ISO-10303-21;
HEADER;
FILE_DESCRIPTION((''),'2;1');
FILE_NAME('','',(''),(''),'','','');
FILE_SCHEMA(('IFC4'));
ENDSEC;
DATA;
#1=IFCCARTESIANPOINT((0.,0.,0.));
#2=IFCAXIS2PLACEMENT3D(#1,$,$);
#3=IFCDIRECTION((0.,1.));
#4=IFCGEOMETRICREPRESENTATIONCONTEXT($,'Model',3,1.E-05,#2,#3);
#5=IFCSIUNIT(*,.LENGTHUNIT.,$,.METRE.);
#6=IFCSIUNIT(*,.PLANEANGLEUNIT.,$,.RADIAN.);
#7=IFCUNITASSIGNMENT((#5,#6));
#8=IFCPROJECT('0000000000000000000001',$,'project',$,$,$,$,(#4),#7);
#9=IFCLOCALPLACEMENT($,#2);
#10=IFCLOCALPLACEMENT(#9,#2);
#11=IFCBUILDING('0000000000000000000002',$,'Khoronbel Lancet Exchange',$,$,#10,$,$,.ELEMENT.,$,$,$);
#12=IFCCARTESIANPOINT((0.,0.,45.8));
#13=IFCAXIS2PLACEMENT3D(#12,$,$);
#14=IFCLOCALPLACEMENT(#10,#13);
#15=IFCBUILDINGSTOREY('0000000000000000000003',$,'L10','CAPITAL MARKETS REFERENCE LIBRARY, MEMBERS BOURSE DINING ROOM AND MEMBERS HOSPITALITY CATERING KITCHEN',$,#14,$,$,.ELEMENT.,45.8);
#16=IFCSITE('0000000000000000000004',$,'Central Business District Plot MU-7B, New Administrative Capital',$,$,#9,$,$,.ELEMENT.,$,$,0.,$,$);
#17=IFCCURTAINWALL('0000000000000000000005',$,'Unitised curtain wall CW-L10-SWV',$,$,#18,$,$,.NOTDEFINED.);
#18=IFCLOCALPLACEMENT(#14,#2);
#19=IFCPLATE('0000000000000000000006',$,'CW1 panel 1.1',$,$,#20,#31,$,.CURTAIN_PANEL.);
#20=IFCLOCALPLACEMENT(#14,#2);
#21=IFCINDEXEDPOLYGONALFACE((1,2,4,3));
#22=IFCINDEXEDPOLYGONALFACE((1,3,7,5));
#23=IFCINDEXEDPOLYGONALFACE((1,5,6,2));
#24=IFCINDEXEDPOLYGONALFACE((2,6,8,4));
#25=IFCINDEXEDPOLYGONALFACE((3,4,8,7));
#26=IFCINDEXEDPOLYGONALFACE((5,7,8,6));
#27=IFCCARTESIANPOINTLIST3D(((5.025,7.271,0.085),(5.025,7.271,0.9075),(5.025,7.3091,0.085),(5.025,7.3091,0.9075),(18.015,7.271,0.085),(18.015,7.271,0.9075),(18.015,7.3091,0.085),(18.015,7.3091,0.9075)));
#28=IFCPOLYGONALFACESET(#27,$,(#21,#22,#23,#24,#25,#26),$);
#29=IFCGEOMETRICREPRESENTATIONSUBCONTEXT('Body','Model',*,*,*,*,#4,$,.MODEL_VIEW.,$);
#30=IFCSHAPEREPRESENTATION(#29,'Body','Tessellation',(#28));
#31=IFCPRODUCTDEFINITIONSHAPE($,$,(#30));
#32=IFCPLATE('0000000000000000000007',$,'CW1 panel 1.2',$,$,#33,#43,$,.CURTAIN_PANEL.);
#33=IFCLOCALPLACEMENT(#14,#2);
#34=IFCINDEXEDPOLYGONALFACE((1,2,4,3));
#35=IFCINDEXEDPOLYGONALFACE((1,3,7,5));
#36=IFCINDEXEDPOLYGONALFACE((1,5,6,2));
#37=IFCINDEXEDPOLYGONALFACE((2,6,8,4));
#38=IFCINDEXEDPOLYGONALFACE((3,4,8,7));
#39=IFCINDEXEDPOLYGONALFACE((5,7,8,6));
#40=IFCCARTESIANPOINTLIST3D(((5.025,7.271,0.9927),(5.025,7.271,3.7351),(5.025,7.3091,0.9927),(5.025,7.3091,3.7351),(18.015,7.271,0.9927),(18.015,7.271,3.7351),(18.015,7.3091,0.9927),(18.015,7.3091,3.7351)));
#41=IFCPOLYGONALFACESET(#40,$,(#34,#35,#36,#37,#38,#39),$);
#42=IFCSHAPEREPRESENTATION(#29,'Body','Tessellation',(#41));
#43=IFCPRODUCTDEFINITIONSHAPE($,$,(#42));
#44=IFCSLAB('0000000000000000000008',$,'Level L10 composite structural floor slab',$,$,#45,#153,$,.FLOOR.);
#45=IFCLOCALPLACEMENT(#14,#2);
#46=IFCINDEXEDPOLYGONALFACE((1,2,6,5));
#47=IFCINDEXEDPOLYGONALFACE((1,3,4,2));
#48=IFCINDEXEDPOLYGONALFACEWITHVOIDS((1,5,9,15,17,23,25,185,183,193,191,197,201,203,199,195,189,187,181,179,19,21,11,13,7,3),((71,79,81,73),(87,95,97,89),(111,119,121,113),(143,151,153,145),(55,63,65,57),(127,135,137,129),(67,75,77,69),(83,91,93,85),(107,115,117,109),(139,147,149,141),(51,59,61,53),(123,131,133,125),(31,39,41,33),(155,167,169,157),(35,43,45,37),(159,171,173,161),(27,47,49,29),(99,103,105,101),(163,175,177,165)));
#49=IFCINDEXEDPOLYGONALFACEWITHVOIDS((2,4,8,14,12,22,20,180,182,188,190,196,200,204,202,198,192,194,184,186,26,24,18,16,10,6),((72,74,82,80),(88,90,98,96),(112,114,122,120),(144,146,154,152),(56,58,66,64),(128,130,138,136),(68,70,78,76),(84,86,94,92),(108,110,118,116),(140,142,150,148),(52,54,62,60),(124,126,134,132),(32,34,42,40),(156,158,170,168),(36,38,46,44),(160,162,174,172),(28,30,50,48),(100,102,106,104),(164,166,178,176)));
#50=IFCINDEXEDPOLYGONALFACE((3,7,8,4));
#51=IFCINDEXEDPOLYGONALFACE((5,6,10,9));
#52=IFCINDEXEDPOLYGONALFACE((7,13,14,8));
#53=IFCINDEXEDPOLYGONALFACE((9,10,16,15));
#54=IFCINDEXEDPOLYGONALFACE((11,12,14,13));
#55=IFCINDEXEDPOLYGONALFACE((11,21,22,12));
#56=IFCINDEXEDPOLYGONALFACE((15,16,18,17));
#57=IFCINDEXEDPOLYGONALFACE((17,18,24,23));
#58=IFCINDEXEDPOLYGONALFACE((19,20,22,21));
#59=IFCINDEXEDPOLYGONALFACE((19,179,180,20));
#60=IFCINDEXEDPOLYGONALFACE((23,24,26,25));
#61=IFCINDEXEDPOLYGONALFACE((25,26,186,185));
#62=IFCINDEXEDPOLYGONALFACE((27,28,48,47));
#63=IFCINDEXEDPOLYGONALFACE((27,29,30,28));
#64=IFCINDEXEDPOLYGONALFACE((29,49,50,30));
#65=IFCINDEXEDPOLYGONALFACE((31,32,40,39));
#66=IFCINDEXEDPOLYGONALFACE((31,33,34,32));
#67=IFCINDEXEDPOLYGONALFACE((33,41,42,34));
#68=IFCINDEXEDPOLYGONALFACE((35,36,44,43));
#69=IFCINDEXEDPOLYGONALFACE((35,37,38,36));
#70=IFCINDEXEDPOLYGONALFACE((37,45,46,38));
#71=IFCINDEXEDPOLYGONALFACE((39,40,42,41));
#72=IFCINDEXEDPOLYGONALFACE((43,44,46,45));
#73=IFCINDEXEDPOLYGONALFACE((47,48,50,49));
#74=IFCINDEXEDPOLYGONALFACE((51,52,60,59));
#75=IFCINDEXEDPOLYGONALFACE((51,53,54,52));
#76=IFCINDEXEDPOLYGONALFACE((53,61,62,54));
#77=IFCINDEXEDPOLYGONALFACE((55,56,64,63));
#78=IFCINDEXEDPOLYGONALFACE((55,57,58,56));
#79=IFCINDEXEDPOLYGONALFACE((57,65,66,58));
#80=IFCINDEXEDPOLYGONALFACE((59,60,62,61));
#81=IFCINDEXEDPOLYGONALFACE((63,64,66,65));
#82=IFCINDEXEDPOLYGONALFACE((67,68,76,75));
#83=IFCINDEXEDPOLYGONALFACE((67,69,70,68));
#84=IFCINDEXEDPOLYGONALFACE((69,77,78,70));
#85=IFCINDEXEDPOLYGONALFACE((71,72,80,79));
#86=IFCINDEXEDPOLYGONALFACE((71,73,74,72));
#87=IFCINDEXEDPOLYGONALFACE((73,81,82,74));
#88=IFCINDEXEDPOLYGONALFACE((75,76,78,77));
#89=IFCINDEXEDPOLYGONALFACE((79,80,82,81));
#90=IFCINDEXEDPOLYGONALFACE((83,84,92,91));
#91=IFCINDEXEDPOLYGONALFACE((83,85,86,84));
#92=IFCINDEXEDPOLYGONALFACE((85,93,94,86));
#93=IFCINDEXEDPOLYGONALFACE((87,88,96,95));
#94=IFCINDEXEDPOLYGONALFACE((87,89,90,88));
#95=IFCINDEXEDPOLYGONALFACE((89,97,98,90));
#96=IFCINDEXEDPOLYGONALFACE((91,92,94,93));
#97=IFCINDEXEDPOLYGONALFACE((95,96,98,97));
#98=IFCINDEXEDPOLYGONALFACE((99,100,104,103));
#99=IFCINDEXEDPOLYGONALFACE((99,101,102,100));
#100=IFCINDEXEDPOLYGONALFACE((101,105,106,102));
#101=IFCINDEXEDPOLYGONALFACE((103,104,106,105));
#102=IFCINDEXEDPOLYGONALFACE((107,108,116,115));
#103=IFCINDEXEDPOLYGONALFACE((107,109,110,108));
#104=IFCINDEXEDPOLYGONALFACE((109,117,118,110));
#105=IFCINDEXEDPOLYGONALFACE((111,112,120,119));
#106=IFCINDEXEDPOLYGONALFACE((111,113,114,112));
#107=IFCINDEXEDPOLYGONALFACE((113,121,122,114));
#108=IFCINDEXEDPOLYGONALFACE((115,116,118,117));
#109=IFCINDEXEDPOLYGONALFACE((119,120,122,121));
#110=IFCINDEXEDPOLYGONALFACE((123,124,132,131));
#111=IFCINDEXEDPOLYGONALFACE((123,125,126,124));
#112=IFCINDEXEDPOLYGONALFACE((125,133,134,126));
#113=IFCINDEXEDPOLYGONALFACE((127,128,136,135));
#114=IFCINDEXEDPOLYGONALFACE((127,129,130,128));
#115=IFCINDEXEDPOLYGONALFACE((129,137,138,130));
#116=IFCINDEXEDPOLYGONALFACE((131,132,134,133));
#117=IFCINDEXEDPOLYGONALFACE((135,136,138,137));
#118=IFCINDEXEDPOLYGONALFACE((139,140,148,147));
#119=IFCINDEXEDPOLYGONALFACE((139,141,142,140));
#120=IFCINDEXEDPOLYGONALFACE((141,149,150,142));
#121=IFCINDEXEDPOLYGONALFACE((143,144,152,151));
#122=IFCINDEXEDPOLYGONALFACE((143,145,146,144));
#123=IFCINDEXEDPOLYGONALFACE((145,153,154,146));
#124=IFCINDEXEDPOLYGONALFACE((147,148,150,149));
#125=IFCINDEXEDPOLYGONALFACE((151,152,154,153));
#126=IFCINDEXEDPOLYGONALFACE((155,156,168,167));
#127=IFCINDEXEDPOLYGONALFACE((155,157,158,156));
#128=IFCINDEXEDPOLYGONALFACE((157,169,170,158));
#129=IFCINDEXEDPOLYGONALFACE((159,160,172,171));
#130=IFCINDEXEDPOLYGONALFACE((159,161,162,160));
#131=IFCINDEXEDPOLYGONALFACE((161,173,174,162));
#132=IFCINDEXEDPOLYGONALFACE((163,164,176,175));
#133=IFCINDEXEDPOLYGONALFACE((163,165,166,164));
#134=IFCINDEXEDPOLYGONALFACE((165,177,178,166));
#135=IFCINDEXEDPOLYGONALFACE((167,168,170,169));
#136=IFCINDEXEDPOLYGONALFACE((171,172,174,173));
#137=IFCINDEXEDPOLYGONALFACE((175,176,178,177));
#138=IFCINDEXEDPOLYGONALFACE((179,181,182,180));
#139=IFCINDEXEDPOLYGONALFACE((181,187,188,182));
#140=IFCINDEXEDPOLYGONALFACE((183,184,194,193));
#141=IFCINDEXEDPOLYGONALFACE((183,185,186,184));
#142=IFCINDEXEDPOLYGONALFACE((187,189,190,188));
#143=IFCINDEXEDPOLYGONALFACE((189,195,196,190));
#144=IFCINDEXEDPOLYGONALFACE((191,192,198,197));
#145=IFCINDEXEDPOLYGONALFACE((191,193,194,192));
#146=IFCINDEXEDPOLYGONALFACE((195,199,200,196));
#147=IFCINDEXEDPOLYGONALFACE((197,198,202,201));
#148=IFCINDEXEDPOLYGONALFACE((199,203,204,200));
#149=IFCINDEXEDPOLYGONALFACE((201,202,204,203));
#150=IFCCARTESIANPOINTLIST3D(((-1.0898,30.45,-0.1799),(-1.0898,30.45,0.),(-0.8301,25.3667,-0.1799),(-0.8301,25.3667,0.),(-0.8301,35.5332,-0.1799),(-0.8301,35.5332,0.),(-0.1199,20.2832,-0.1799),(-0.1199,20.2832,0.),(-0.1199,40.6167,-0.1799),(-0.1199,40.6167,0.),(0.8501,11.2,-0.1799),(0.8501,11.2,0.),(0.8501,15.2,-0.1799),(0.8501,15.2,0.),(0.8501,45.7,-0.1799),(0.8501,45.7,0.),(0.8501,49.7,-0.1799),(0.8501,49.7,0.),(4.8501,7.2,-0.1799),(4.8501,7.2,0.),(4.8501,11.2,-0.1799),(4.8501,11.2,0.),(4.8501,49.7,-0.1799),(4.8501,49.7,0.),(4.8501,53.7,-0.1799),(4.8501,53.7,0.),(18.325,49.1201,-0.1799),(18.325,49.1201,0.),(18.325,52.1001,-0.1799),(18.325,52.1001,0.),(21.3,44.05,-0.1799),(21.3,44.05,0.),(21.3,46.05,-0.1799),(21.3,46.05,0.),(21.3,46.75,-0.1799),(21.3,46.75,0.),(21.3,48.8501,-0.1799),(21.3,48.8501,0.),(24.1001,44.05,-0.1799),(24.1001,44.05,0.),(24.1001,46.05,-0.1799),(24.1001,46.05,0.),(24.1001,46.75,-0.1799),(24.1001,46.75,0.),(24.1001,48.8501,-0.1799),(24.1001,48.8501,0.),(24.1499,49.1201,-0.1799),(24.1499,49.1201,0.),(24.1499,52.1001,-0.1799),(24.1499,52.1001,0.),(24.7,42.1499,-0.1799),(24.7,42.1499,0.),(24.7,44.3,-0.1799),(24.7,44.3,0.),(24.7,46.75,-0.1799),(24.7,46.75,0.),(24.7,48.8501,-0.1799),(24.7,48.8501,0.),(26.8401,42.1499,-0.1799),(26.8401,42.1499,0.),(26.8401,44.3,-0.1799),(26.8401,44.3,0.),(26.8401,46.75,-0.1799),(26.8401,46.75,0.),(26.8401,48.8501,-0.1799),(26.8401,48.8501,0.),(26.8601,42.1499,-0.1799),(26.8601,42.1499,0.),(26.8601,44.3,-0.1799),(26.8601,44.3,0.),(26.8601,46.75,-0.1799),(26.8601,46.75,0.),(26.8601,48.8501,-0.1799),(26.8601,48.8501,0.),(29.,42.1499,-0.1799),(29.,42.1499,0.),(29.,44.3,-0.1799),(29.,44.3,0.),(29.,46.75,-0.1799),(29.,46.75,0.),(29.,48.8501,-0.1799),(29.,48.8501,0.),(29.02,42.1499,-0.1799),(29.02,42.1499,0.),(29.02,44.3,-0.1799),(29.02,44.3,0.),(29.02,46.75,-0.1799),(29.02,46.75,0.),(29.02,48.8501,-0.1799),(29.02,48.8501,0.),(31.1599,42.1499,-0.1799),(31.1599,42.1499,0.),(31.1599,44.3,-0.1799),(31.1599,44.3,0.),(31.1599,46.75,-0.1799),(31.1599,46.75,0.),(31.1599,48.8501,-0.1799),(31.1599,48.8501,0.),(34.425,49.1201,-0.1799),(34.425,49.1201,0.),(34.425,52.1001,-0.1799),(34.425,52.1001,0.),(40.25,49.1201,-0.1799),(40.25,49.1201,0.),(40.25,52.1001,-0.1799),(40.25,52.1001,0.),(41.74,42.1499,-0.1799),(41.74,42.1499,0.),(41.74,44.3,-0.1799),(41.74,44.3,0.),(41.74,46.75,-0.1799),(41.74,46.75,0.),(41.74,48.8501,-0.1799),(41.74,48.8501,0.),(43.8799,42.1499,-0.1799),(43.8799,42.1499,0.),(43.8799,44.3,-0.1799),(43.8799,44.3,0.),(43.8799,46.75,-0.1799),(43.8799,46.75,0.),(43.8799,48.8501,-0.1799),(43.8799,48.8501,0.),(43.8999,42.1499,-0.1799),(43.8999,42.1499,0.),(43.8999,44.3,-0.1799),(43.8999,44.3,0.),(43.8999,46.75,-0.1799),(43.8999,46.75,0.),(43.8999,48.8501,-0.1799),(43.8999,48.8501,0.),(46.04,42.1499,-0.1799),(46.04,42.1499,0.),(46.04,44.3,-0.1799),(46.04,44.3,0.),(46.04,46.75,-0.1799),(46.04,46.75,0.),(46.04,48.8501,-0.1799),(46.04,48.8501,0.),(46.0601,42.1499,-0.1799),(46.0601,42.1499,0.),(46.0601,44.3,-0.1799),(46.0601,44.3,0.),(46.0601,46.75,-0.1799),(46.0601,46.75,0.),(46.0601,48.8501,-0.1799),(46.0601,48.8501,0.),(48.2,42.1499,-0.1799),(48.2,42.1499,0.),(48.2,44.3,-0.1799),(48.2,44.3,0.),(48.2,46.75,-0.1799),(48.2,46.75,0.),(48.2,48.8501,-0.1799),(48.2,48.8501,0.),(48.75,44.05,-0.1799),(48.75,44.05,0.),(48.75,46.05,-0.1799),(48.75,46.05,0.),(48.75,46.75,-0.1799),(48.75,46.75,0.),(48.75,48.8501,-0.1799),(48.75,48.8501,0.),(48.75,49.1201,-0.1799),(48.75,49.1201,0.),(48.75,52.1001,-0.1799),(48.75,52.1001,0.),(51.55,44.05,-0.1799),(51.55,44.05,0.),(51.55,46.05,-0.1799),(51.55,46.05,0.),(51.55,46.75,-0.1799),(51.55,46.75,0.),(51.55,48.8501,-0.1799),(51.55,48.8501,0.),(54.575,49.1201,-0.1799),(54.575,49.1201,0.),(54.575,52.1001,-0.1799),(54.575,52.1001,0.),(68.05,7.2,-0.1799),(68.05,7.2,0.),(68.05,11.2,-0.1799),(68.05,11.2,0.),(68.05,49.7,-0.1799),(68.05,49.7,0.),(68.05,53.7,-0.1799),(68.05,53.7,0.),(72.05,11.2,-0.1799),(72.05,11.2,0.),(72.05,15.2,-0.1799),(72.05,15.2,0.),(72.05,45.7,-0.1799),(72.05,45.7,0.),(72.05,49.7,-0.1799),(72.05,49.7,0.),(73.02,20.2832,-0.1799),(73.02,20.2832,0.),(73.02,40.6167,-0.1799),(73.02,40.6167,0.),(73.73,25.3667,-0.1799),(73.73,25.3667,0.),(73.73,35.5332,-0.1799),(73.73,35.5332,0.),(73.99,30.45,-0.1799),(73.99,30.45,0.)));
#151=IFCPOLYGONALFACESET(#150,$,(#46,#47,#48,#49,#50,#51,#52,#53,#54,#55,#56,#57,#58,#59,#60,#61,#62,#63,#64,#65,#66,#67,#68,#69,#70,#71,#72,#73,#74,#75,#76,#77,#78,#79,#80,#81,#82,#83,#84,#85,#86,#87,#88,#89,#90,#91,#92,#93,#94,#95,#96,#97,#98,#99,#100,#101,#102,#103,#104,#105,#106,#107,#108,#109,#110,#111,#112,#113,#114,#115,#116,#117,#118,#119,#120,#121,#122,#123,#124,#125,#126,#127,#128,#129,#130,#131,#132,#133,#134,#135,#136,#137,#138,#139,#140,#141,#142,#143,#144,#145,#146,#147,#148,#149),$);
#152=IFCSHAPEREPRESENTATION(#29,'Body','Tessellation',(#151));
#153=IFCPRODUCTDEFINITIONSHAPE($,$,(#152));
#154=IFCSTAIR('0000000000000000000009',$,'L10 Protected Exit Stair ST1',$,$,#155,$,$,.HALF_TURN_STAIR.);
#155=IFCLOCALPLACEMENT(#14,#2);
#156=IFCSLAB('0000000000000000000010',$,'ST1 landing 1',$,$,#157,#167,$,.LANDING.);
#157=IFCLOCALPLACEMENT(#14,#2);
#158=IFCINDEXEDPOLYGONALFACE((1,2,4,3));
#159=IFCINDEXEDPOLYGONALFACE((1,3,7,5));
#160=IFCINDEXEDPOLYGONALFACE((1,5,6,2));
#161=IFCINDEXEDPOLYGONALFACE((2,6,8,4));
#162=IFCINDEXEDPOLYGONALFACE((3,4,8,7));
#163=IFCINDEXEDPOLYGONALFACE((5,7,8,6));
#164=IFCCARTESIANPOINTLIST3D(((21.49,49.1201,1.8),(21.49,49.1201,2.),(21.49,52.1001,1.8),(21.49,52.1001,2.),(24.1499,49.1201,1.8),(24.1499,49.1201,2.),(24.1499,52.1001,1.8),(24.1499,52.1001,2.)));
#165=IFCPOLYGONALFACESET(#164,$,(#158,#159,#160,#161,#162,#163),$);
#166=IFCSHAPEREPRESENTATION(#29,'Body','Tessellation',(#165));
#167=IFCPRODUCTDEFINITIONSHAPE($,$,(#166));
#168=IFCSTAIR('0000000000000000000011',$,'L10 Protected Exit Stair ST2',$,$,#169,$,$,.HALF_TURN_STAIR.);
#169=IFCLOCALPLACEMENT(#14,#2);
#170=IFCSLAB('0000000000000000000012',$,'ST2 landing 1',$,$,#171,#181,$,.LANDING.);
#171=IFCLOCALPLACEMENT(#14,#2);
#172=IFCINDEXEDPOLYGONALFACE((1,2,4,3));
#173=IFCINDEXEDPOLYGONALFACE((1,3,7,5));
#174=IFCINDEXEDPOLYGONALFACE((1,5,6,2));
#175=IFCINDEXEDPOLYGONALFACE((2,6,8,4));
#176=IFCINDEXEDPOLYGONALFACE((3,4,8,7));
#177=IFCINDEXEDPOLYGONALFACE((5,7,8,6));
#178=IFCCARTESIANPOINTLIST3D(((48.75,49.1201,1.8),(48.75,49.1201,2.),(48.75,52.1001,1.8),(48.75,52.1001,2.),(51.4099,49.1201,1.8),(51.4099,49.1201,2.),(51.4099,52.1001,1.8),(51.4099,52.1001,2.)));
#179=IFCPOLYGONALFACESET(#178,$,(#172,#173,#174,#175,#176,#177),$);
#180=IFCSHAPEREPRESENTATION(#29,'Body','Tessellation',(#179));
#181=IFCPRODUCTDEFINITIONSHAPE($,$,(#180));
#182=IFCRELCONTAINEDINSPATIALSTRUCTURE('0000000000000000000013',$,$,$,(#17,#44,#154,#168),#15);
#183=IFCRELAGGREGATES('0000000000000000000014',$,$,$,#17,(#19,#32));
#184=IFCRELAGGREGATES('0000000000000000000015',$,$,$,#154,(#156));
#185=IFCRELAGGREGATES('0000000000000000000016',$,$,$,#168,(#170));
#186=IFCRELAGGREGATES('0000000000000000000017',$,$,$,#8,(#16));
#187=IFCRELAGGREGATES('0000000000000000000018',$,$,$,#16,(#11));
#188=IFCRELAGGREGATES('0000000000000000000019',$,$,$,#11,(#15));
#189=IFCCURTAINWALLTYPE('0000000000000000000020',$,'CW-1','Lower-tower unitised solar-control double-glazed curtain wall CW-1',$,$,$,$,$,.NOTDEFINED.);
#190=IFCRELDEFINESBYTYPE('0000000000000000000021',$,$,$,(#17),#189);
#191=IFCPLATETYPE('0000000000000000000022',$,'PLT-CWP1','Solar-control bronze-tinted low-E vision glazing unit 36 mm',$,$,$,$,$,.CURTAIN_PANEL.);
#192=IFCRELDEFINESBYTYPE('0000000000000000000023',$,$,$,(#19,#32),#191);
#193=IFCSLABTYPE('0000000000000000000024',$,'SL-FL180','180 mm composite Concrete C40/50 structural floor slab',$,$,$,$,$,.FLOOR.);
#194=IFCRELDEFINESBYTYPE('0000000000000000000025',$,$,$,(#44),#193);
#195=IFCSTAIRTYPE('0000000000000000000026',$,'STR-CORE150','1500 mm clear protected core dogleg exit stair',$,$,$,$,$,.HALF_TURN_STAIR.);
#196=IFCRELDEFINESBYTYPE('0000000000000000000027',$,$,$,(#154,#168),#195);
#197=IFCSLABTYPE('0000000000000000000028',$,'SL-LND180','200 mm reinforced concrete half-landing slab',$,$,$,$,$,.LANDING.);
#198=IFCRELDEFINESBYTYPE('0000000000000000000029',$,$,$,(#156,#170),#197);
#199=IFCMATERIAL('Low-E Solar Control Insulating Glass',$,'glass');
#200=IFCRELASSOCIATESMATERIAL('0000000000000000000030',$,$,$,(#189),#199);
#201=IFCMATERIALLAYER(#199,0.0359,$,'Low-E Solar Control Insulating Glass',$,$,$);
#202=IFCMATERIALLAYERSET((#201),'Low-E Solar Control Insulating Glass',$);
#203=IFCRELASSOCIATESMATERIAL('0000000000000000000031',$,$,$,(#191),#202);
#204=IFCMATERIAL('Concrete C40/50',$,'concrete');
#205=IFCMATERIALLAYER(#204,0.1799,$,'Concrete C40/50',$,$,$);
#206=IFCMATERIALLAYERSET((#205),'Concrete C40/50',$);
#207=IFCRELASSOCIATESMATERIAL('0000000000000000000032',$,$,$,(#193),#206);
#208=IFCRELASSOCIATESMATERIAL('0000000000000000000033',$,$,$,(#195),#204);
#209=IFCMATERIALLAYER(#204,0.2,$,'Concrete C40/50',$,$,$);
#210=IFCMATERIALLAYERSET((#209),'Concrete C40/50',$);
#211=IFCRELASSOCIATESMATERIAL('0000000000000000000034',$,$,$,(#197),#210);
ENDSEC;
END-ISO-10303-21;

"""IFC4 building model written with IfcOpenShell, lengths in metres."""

from ifc_helpers import new_model, si_unit, direction, frame, origin, origin_2d, place, context, subcontext, project, spatial, polyline, rectangle, outline, extrude, material, layer, layer_set, type_object, element, aggregate, save


model = new_model("IFC4")

# Units and contexts
model_context = context("Model", 3, precision=1e-05, world=origin(), true_north=direction((0.0, 1.0)))
body_context = subcontext(model_context, "Body", "Model", "MODEL_VIEW")
ifc_project = project(units=[si_unit("LENGTHUNIT", "METRE"), si_unit("PLANEANGLEUNIT", "RADIAN")], contexts=[model_context])

# Site, building, storey
site_placement = place(None, origin())
site = spatial("IfcSite", under=ifc_project, at=site_placement, Name="Central Business District Plot MU-7B, New Administrative Capital", CompositionType="ELEMENT", RefElevation=0.0)
building_placement = place(site_placement, origin())
building = spatial("IfcBuilding", under=site, at=building_placement, Name="Khoronbel Lancet Exchange", CompositionType="ELEMENT")
storey_placement = place(building_placement, frame((0.0, 0.0, 45.8)))
storey = spatial("IfcBuildingStorey", under=building, at=storey_placement, Name="L10", Description="CAPITAL MARKETS REFERENCE LIBRARY, MEMBERS BOURSE DINING ROOM AND MEMBERS HOSPITALITY CATERING KITCHEN", CompositionType="ELEMENT", Elevation=45.8)

# Curtain wall
ifc_material_1 = material(Name="Low-E Solar Control Insulating Glass", Category="glass")
curtain_wall_type = type_object("IfcCurtainWallType", Name="CW-1", Description="Lower-tower unitised solar-control double-glazed curtain wall CW-1", PredefinedType="NOTDEFINED", material=ifc_material_1)
curtain_wall_1_placement = place(storey_placement, origin())
curtain_wall_1 = element("IfcCurtainWall", 1, at=curtain_wall_1_placement, inside=storey, type_object=curtain_wall_type, Name="Unitised curtain wall CW-L10-SWV", PredefinedType="NOTDEFINED")

# Plates
ifc_layer_1 = layer(ifc_material_1, 0.0359, Name="Low-E Solar Control Insulating Glass")
ifc_layer_set_1 = layer_set([ifc_layer_1], Name="Low-E Solar Control Insulating Glass")
plate_type_1 = type_object("IfcPlateType", Name="PLT-CWP1", Description="Solar-control bronze-tinted low-E vision glazing unit 36 mm", PredefinedType="CURTAIN_PANEL", material=ifc_layer_set_1)
plate_1_placement = place(storey_placement, frame((11.52, 7.29, 0.085), z_axis=(0.0, 0.0, 1.0), x_axis=(1.0, 0.0, 0.0)))
plate_1 = element("IfcPlate", 2, at=plate_1_placement, type_object=plate_type_1, Name="CW1 panel 1.1", PredefinedType="CURTAIN_PANEL", context=body_context, shape_type="SweptSolid", body=[
    extrude(rectangle(XDim=12.99, YDim=0.0381, at=origin_2d()), origin(), (0.0, 0.0, 1.0), 0.8225),
])
plate_2_placement = place(storey_placement, frame((11.52, 7.29, 0.9927), z_axis=(0.0, 0.0, 1.0), x_axis=(1.0, 0.0, 0.0)))
plate_2 = element("IfcPlate", 3, at=plate_2_placement, type_object=plate_type_1, Name="CW1 panel 1.2", PredefinedType="CURTAIN_PANEL", context=body_context, shape_type="SweptSolid", body=[
    extrude(rectangle(XDim=12.99, YDim=0.0381, at=origin_2d()), origin(), (0.0, 0.0, 1.0), 2.7424),
])
aggregate(curtain_wall_1, [plate_1, plate_2])

# Slab
ifc_material_2 = material(Name="Concrete C40/50", Category="concrete")
ifc_layer_2 = layer(ifc_material_2, 0.1799, Name="Concrete C40/50")
ifc_layer_set_2 = layer_set([ifc_layer_2], Name="Concrete C40/50")
slab_type_1 = type_object("IfcSlabType", Name="SL-FL180", Description="180 mm composite Concrete C40/50 structural floor slab", PredefinedType="FLOOR", material=ifc_layer_set_2)
slab_1_placement = place(storey_placement, frame((0.0, 0.0, -0.1799)))
element("IfcSlab", 4, at=slab_1_placement, inside=storey, type_object=slab_type_1, Name="Level L10 composite structural floor slab", PredefinedType="FLOOR", context=body_context, shape_type="SweptSolid", body=[
    extrude(outline(polyline([(4.8501, 7.2), (68.05, 7.2), (68.05, 11.2), (72.05, 11.2), (72.05, 15.2), (73.02, 20.2832), (73.73, 25.3667), (73.99, 30.45), (73.73, 35.5332), (73.02, 40.6167), (72.05, 45.7), (72.05, 49.7), (68.05, 49.7), (68.05, 53.7), (4.8501, 53.7), (4.8501, 49.7), (0.8501, 49.7), (0.8501, 45.7), (-0.1199, 40.6167), (-0.8301, 35.5332), (-1.0898, 30.45), (-0.8301, 25.3667), (-0.1199, 20.2832), (0.8501, 15.2), (0.8501, 11.2), (4.8501, 11.2), (4.8501, 7.2)]), holes=[polyline([(18.325, 49.1201), (24.1499, 49.1201), (24.1499, 52.1001), (18.325, 52.1001), (18.325, 49.1201)]), polyline([(48.75, 49.1201), (54.575, 49.1201), (54.575, 52.1001), (48.75, 52.1001), (48.75, 49.1201)]), polyline([(34.425, 49.1201), (40.25, 49.1201), (40.25, 52.1001), (34.425, 52.1001), (34.425, 49.1201)]), polyline([(24.7, 46.75), (26.8401, 46.75), (26.8401, 48.8501), (24.7, 48.8501), (24.7, 46.75)]), polyline([(26.8601, 46.75), (29.0, 46.75), (29.0, 48.8501), (26.8601, 48.8501), (26.8601, 46.75)]), polyline([(29.02, 46.75), (31.1599, 46.75), (31.1599, 48.8501), (29.02, 48.8501), (29.02, 46.75)]), polyline([(24.7, 42.1499), (26.8401, 42.1499), (26.8401, 44.3), (24.7, 44.3), (24.7, 42.1499)]), polyline([(26.8601, 42.1499), (29.0, 42.1499), (29.0, 44.3), (26.8601, 44.3), (26.8601, 42.1499)]), polyline([(29.02, 42.1499), (31.1599, 42.1499), (31.1599, 44.3), (29.02, 44.3), (29.02, 42.1499)]), polyline([(41.74, 46.75), (43.8799, 46.75), (43.8799, 48.8501), (41.74, 48.8501), (41.74, 46.75)]), polyline([(43.8999, 46.75), (46.04, 46.75), (46.04, 48.8501), (43.8999, 48.8501), (43.8999, 46.75)]), polyline([(46.0601, 46.75), (48.2, 46.75), (48.2, 48.8501), (46.0601, 48.8501), (46.0601, 46.75)]), polyline([(41.74, 42.1499), (43.8799, 42.1499), (43.8799, 44.3), (41.74, 44.3), (41.74, 42.1499)]), polyline([(43.8999, 42.1499), (46.04, 42.1499), (46.04, 44.3), (43.8999, 44.3), (43.8999, 42.1499)]), polyline([(46.0601, 42.1499), (48.2, 42.1499), (48.2, 44.3), (46.0601, 44.3), (46.0601, 42.1499)]), polyline([(21.3, 46.75), (24.1001, 46.75), (24.1001, 48.8501), (21.3, 48.8501), (21.3, 46.75)]), polyline([(48.75, 46.75), (51.55, 46.75), (51.55, 48.8501), (48.75, 48.8501), (48.75, 46.75)]), polyline([(21.3, 44.05), (24.1001, 44.05), (24.1001, 46.05), (21.3, 46.05), (21.3, 44.05)]), polyline([(48.75, 44.05), (51.55, 44.05), (51.55, 46.05), (48.75, 46.05), (48.75, 44.05)])]), origin(), (0.0, 0.0, 1.0), 0.1799),
])

# Stairs, slabs
stair_type = type_object("IfcStairType", Name="STR-CORE150", Description="1500 mm clear protected core dogleg exit stair", PredefinedType="HALF_TURN_STAIR", material=ifc_material_2)
stair_1_placement = place(storey_placement, origin())
stair_1 = element("IfcStair", 5, at=stair_1_placement, inside=storey, type_object=stair_type, Name="L10 Protected Exit Stair ST1", PredefinedType="HALF_TURN_STAIR")
ifc_layer_3 = layer(ifc_material_2, 0.2, Name="Concrete C40/50")
ifc_layer_set_3 = layer_set([ifc_layer_3], Name="Concrete C40/50")
slab_type_2 = type_object("IfcSlabType", Name="SL-LND180", Description="200 mm reinforced concrete half-landing slab", PredefinedType="LANDING", material=ifc_layer_set_3)
slab_2_placement = place(storey_placement, frame((0.0, 0.0, 1.8)))
slab_2 = element("IfcSlab", 6, at=slab_2_placement, type_object=slab_type_2, Name="ST1 landing 1", PredefinedType="LANDING", context=body_context, shape_type="SweptSolid", body=[
    extrude(outline(polyline([(21.49, 49.1201), (24.1499, 49.1201), (24.1499, 52.1001), (21.49, 52.1001), (21.49, 49.1201)])), origin(), (0.0, 0.0, 1.0), 0.2),
])
aggregate(stair_1, [slab_2])
stair_2_placement = place(storey_placement, origin())
stair_2 = element("IfcStair", 7, at=stair_2_placement, inside=storey, type_object=stair_type, Name="L10 Protected Exit Stair ST2", PredefinedType="HALF_TURN_STAIR")
slab_3_placement = place(storey_placement, frame((0.0, 0.0, 1.8)))
slab_3 = element("IfcSlab", 8, at=slab_3_placement, type_object=slab_type_2, Name="ST2 landing 1", PredefinedType="LANDING", context=body_context, shape_type="SweptSolid", body=[
    extrude(outline(polyline([(51.4099, 52.1001), (48.75, 52.1001), (48.75, 49.1201), (51.4099, 49.1201), (51.4099, 52.1001)])), origin(), (0.0, 0.0, 1.0), 0.2),
])
aggregate(stair_2, [slab_3])

save(model, "model.ifc")
